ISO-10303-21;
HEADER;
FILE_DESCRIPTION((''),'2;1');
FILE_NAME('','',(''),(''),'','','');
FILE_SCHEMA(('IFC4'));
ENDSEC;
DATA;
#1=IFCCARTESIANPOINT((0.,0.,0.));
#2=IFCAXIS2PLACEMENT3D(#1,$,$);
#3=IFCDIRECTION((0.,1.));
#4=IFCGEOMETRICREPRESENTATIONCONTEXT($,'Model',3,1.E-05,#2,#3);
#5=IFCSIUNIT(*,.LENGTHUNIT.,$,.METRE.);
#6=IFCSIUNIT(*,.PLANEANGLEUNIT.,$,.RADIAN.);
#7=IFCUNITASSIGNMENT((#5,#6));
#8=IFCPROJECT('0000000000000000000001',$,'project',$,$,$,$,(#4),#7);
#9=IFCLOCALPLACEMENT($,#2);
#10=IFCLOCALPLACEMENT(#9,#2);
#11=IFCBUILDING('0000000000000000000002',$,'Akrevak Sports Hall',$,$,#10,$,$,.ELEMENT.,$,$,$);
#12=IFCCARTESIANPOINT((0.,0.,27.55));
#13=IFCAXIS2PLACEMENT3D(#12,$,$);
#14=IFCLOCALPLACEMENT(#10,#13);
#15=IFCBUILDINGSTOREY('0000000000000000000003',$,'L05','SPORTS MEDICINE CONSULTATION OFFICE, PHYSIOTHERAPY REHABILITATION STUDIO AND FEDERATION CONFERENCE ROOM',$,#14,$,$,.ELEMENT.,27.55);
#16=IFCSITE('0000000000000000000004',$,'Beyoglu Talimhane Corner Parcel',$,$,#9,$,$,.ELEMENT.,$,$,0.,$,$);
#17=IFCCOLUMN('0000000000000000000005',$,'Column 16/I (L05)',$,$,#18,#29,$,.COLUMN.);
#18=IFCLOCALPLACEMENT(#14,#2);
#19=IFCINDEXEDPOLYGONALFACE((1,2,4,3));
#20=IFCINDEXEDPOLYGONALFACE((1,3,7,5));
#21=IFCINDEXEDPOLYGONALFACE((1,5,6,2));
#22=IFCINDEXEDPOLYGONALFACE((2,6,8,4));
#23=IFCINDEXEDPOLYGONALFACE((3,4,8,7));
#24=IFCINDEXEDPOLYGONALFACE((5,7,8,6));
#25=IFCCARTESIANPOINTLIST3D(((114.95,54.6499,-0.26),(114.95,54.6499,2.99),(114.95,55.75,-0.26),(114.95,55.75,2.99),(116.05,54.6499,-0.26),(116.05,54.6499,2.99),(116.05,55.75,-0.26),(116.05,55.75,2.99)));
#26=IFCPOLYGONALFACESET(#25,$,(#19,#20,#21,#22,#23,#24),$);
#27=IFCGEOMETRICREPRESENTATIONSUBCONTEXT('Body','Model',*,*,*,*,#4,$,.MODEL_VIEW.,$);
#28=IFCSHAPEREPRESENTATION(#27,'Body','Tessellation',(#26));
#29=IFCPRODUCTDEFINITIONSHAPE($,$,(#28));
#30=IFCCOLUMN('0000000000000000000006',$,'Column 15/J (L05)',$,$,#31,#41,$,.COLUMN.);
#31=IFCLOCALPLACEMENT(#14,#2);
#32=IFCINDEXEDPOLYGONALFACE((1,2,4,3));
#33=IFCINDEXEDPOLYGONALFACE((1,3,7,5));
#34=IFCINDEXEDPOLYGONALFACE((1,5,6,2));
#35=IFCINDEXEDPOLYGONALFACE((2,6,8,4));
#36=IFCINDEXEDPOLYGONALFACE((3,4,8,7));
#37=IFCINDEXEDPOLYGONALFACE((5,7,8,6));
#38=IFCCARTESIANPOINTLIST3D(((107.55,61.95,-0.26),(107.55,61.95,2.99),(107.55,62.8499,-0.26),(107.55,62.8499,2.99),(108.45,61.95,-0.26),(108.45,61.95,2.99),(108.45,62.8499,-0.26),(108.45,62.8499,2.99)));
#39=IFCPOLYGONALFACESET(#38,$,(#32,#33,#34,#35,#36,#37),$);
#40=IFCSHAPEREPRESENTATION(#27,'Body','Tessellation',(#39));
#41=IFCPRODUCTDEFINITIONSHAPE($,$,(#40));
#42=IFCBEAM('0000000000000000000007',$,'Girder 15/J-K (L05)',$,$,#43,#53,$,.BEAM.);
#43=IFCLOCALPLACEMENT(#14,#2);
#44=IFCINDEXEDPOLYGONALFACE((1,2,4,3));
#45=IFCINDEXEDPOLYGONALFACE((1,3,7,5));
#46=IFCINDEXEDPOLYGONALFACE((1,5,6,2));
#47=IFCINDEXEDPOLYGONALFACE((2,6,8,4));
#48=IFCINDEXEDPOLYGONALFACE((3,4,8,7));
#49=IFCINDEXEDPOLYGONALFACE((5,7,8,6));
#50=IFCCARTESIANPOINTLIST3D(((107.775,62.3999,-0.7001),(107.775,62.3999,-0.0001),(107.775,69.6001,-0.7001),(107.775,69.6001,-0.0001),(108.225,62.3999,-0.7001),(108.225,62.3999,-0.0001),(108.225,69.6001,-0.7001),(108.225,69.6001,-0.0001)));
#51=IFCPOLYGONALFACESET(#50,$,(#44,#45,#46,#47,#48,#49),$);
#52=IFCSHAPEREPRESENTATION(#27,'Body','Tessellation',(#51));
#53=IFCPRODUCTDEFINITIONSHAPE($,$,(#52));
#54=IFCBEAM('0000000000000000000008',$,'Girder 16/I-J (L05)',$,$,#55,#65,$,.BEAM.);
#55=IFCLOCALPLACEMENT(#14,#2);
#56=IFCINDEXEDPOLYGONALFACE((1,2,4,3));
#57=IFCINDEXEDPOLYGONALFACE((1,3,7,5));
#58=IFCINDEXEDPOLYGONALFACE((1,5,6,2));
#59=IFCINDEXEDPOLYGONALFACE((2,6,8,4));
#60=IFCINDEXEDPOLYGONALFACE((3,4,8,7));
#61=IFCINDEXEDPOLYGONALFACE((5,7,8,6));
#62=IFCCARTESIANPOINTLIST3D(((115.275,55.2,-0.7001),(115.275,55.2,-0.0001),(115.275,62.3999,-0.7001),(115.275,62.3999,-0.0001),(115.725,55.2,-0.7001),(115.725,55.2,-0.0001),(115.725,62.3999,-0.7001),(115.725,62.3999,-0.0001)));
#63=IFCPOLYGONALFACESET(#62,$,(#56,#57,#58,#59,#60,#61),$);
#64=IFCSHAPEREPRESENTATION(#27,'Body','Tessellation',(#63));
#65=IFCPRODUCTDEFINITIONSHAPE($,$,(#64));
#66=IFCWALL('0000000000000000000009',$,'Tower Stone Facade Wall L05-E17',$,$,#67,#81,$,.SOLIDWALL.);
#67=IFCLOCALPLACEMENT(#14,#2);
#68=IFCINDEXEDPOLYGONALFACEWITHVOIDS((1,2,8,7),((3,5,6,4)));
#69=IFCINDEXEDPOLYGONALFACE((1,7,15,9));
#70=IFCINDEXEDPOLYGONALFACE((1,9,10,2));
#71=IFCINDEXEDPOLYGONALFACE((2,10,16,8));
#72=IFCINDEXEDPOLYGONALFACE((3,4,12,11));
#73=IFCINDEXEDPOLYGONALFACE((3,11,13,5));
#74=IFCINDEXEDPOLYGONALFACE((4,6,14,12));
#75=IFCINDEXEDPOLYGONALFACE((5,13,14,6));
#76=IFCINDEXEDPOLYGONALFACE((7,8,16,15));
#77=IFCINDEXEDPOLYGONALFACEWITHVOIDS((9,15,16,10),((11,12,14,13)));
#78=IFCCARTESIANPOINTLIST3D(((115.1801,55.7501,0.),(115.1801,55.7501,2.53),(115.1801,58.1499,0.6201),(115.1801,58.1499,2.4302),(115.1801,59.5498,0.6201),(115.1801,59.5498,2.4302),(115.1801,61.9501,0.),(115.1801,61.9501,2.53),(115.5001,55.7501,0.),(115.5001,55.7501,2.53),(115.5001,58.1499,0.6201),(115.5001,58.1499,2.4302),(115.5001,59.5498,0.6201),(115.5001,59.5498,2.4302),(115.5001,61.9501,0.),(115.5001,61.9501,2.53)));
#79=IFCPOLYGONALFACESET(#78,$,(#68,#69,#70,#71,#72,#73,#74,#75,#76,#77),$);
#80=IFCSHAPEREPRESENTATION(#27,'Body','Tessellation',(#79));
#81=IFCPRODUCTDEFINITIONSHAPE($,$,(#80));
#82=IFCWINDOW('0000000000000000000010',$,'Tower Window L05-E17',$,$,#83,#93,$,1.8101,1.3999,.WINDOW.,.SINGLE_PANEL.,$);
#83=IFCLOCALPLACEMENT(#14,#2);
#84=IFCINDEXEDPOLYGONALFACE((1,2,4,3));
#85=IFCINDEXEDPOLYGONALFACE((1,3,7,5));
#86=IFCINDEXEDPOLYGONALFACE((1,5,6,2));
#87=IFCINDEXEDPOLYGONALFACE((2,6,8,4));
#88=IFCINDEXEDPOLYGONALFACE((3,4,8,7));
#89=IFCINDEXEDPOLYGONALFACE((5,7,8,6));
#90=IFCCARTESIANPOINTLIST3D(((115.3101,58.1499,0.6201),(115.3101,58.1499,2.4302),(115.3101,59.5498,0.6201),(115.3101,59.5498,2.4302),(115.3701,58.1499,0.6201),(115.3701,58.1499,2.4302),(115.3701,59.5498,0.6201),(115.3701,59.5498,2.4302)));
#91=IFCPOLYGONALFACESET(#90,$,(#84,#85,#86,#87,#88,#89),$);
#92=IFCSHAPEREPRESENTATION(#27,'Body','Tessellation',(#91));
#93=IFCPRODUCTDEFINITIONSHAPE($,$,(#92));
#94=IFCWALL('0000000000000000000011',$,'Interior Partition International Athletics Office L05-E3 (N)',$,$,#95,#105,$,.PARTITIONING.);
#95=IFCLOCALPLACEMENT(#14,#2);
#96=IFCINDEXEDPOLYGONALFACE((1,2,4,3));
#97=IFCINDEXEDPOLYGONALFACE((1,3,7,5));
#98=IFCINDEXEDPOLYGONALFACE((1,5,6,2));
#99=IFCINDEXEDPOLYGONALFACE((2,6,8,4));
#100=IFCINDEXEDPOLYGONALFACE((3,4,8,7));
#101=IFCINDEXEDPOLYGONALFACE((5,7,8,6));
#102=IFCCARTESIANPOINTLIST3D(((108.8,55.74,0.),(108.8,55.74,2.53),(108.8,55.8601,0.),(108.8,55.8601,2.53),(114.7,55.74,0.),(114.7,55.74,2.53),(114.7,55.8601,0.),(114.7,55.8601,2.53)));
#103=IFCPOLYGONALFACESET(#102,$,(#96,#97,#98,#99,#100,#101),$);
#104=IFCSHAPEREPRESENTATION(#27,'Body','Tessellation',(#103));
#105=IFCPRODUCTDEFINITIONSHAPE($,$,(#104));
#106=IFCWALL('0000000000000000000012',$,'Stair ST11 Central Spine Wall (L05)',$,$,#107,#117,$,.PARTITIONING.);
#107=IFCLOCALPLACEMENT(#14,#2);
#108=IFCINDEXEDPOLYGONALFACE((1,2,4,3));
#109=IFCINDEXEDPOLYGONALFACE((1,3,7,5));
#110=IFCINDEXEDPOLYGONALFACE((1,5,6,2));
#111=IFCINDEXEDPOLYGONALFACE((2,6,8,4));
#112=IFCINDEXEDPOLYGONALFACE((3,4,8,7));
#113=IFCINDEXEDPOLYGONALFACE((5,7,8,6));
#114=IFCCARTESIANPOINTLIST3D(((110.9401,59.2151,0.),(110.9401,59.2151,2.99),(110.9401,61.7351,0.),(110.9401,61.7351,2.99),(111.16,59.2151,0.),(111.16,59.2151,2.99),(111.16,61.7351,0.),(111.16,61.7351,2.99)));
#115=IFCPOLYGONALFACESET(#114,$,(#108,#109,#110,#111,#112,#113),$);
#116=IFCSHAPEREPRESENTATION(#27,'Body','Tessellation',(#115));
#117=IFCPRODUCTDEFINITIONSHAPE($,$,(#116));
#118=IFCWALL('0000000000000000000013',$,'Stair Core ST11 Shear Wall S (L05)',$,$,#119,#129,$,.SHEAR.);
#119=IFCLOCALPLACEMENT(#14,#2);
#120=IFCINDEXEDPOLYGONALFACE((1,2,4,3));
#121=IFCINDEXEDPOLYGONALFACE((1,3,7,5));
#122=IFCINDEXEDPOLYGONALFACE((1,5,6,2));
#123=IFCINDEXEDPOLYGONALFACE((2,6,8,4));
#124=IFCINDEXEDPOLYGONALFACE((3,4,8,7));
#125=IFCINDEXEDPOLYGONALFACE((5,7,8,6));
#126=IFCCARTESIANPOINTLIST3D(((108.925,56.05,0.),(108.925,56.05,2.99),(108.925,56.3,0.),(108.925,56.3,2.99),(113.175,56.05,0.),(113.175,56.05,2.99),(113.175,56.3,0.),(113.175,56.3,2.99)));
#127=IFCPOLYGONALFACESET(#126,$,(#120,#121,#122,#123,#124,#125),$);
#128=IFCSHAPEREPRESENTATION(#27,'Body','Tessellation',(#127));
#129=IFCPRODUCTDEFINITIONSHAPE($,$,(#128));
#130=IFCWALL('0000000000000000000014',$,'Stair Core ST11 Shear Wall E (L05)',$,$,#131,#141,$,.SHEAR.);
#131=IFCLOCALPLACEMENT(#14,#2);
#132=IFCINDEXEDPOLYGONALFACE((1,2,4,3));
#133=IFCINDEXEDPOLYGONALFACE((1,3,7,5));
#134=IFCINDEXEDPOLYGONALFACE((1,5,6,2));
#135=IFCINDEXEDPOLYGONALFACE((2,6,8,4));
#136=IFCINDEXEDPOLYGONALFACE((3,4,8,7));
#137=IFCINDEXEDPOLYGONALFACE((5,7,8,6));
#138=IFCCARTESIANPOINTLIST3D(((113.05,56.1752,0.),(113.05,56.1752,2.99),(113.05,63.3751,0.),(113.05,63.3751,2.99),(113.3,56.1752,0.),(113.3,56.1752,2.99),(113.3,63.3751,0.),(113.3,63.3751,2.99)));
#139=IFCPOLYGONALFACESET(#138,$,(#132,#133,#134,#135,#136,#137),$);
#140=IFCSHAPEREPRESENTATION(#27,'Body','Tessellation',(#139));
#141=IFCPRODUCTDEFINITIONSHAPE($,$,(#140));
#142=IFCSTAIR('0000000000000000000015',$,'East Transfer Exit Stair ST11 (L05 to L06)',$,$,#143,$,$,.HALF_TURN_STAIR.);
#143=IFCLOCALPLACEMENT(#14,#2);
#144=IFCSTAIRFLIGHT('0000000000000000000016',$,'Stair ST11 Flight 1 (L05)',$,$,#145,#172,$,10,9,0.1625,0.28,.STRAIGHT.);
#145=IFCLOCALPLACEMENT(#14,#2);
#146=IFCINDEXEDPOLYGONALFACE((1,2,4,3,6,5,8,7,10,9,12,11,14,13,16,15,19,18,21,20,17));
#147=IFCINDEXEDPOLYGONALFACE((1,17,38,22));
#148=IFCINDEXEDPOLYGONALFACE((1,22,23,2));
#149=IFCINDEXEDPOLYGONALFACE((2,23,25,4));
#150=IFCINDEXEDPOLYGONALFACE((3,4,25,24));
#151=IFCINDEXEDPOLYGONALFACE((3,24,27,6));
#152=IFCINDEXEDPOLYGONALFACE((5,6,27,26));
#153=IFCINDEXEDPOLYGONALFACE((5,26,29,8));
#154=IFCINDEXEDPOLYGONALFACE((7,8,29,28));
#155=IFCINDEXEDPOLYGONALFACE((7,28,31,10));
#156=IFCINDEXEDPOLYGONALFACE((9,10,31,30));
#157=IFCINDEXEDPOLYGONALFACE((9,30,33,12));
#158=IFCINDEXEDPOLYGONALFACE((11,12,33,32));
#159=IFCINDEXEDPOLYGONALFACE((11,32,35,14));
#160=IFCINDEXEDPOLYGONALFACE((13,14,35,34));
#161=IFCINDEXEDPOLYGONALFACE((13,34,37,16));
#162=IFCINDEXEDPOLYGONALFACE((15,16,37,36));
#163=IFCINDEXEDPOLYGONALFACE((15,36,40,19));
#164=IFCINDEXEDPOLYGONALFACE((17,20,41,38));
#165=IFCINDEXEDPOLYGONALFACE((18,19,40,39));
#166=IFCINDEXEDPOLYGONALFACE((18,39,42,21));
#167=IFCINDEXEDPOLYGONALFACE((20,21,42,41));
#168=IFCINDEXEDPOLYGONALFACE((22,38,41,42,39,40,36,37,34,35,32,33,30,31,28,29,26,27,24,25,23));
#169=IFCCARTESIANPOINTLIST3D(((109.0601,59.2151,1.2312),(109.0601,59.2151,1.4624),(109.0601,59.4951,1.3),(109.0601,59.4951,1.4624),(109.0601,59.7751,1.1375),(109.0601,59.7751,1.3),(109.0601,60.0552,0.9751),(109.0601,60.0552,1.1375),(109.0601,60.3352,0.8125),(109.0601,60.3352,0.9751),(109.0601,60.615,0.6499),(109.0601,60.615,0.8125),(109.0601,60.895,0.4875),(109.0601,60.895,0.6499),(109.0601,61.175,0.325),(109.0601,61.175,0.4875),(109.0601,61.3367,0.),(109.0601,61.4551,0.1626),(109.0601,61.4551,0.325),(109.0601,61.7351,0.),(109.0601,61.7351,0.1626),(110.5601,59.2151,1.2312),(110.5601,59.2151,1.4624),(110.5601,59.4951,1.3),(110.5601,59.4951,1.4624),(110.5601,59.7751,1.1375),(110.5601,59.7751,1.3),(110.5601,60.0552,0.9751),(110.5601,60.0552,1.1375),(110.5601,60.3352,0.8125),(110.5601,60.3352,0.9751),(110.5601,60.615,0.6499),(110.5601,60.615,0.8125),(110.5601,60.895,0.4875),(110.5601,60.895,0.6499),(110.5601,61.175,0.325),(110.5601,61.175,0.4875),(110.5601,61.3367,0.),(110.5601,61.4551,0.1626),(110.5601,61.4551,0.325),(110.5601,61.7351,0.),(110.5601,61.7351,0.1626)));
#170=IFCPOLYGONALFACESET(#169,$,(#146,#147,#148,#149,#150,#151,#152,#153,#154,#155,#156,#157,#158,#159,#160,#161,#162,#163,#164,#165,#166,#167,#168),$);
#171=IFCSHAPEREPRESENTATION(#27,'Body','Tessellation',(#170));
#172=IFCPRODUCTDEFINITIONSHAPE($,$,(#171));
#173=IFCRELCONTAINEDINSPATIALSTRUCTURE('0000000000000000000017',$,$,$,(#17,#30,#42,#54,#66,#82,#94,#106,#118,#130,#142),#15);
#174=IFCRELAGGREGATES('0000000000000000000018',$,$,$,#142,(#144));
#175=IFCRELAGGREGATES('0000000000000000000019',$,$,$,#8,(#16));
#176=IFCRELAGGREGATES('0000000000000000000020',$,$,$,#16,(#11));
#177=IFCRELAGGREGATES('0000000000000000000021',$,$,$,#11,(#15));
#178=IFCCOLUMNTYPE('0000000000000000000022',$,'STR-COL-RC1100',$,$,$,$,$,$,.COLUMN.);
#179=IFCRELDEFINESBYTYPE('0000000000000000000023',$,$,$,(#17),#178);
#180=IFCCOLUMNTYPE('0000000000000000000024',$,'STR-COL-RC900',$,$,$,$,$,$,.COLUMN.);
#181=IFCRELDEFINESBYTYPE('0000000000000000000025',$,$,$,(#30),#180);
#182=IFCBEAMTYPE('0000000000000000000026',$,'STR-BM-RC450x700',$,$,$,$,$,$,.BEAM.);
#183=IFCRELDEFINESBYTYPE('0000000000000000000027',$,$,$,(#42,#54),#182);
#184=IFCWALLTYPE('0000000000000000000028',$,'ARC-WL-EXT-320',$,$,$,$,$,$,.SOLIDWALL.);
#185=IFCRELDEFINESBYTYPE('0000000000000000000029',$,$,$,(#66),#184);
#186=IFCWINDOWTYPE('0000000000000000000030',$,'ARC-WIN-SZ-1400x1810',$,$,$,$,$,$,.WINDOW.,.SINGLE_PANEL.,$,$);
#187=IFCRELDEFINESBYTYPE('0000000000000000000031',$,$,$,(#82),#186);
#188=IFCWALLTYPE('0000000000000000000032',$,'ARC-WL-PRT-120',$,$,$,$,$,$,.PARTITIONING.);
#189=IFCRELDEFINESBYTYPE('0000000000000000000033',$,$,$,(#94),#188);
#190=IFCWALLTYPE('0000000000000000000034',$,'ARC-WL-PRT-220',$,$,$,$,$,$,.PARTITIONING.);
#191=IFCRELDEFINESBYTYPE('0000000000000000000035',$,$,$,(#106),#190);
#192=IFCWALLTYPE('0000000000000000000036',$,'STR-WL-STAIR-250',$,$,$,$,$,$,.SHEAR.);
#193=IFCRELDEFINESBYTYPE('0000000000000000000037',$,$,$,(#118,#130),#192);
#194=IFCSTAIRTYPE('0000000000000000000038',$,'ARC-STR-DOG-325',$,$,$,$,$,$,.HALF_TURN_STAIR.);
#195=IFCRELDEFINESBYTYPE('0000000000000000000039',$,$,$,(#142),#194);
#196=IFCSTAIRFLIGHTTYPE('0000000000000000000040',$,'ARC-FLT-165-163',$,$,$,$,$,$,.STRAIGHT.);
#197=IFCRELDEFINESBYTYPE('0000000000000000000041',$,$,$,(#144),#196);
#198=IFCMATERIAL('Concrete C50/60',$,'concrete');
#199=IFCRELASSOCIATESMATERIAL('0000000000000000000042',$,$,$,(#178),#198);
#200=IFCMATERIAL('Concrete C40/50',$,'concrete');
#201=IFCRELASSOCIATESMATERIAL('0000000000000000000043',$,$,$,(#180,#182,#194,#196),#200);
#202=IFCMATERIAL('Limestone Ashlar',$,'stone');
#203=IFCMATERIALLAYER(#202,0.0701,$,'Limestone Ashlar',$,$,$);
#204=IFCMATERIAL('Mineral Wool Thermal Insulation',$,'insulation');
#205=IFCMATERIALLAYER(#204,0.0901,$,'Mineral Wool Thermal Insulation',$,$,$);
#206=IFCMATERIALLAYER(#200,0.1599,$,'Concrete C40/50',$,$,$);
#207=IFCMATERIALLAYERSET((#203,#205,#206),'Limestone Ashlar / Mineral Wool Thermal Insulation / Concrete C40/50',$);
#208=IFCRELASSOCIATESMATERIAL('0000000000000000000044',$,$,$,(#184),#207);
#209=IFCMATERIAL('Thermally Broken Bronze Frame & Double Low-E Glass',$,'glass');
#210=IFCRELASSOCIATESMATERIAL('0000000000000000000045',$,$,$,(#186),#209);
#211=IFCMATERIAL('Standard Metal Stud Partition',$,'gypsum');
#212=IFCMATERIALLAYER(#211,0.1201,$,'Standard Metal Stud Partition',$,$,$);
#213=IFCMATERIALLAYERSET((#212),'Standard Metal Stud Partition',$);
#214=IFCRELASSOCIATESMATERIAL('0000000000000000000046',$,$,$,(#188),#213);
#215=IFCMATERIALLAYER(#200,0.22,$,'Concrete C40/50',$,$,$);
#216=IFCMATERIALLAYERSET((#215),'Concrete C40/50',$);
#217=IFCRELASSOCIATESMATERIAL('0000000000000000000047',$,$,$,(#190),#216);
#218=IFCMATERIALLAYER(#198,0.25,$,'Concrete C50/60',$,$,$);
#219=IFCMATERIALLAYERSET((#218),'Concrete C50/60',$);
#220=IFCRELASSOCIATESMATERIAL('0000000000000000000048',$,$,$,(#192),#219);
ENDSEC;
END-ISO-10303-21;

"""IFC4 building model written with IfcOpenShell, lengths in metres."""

from ifc_helpers import new_model, si_unit, direction, frame, frame_2d, origin, origin_2d, place, context, subcontext, project, spatial, polyline, rectangle, outline, extrude, material, layer, layer_set, material_profile, profile_set, type_object, element, fill, aggregate, save


model = new_model("IFC4")

# Units and contexts
model_context = context("Model", 3, precision=1e-05, world=origin(), true_north=direction((0.0, 1.0)))
body_context = subcontext(model_context, "Body", "Model", "MODEL_VIEW")
ifc_project = project(units=[si_unit("LENGTHUNIT", "METRE"), si_unit("PLANEANGLEUNIT", "RADIAN")], contexts=[model_context])

# Site, building, storey
site_placement = place(None, origin())
site = spatial("IfcSite", under=ifc_project, at=site_placement, Name="Beyoglu Talimhane Corner Parcel", CompositionType="ELEMENT", RefElevation=0.0)
building_placement = place(site_placement, origin())
building = spatial("IfcBuilding", under=site, at=building_placement, Name="Akrevak Sports Hall", CompositionType="ELEMENT")
storey_placement = place(building_placement, frame((0.0, 0.0, 27.55)))
storey = spatial("IfcBuildingStorey", under=building, at=storey_placement, Name="L05", Description="SPORTS MEDICINE CONSULTATION OFFICE, PHYSIOTHERAPY REHABILITATION STUDIO AND FEDERATION CONFERENCE ROOM", CompositionType="ELEMENT", Elevation=27.55)

# Columns
ifc_material_1 = material(Name="Concrete C50/60", Category="concrete")
ifc_material_profile_1 = material_profile(ifc_material_1, rectangle(XDim=1.1001, YDim=1.1001, at=origin_2d()), Name="RC 1100x1100", Category="concrete")
ifc_profile_set_1 = profile_set([ifc_material_profile_1], Name="Concrete C50/60")
column_type_1 = type_object("IfcColumnType", Name="STR-COL-RC1100", PredefinedType="COLUMN", material=ifc_profile_set_1)
column_1_placement = place(storey_placement, frame((115.5, 55.2, -0.26), z_axis=(0.0, 0.0, 1.0), x_axis=(1.0, 0.0, 0.0)))
element("IfcColumn", 1, at=column_1_placement, inside=storey, type_object=column_type_1, Name="Column 16/I (L05)", PredefinedType="COLUMN", context=body_context, shape_type="SweptSolid", body=[
    extrude(rectangle(XDim=1.1001, YDim=1.1001, at=origin_2d()), origin(), (0.0, 0.0, 1.0), 3.25),
])
ifc_material_2 = material(Name="Concrete C40/50", Category="concrete")
ifc_material_profile_2 = material_profile(ifc_material_2, rectangle(XDim=0.8999, YDim=0.8999, at=origin_2d()), Name="RC 900x900", Category="concrete")
ifc_profile_set_2 = profile_set([ifc_material_profile_2], Name="Concrete C40/50")
column_type_2 = type_object("IfcColumnType", Name="STR-COL-RC900", PredefinedType="COLUMN", material=ifc_profile_set_2)
column_2_placement = place(storey_placement, frame((108.0, 62.3999, -0.26), z_axis=(0.0, 0.0, 1.0), x_axis=(1.0, 0.0, 0.0)))
element("IfcColumn", 2, at=column_2_placement, inside=storey, type_object=column_type_2, Name="Column 15/J (L05)", PredefinedType="COLUMN", context=body_context, shape_type="SweptSolid", body=[
    extrude(rectangle(XDim=0.8999, YDim=0.8999, at=origin_2d()), origin(), (0.0, 0.0, 1.0), 3.25),
])

# Beams
ifc_material_profile_3 = material_profile(ifc_material_2, rectangle(XDim=0.45, YDim=0.7, at=origin_2d()), Name="BM 450x700", Category="concrete")
ifc_profile_set_3 = profile_set([ifc_material_profile_3], Name="Concrete C40/50")
beam_type = type_object("IfcBeamType", Name="STR-BM-RC450x700", PredefinedType="BEAM", material=ifc_profile_set_3)
beam_1_placement = place(storey_placement, frame((108.0, 62.3999, -0.3501), z_axis=(0.0, 1.0, 0.0), x_axis=(-1.0, 0.0, 0.0)))
element("IfcBeam", 3, at=beam_1_placement, inside=storey, type_object=beam_type, Name="Girder 15/J-K (L05)", PredefinedType="BEAM", context=body_context, shape_type="SweptSolid", body=[
    extrude(rectangle(XDim=0.45, YDim=0.7, at=origin_2d()), origin(), (0.0, 0.0, 1.0), 7.2002),
])
beam_2_placement = place(storey_placement, frame((115.5, 55.2, -0.3501), z_axis=(0.0, 1.0, 0.0), x_axis=(-1.0, 0.0, 0.0)))
element("IfcBeam", 4, at=beam_2_placement, inside=storey, type_object=beam_type, Name="Girder 16/I-J (L05)", PredefinedType="BEAM", context=body_context, shape_type="SweptSolid", body=[
    extrude(rectangle(XDim=0.45, YDim=0.7, at=origin_2d()), origin(), (0.0, 0.0, 1.0), 7.2),
])

# Wall, opening, window
ifc_material_3 = material(Name="Limestone Ashlar", Category="stone")
ifc_layer_1 = layer(ifc_material_3, 0.0701, Name="Limestone Ashlar")
ifc_material_4 = material(Name="Mineral Wool Thermal Insulation", Category="insulation")
ifc_layer_2 = layer(ifc_material_4, 0.0901, Name="Mineral Wool Thermal Insulation")
ifc_layer_3 = layer(ifc_material_2, 0.1599, Name="Concrete C40/50")
ifc_layer_set_1 = layer_set([ifc_layer_1, ifc_layer_2, ifc_layer_3], Name="Limestone Ashlar / Mineral Wool Thermal Insulation / Concrete C40/50")
wall_type_1 = type_object("IfcWallType", Name="ARC-WL-EXT-320", PredefinedType="SOLIDWALL", material=ifc_layer_set_1)
wall_1_placement = place(storey_placement, frame((115.3401, 55.75, 0.0), z_axis=(0.0, 0.0, 1.0), x_axis=(0.0, 1.0, 0.0)))
wall_1 = element("IfcWall", 5, at=wall_1_placement, inside=storey, type_object=wall_type_1, Name="Tower Stone Facade Wall L05-E17", PredefinedType="SOLIDWALL", context=body_context, shape_type="SweptSolid", body=[
    extrude(rectangle(XDim=6.2, YDim=0.3201, at=frame_2d((3.1001, 0.0))), origin(), (0.0, 0.0, 1.0), 2.53),
])
opening_placement = place(wall_1_placement, frame((2.3999, 0.0, 0.6201)))
opening = element("IfcOpeningElement", 6, at=opening_placement, cuts=wall_1, PredefinedType="OPENING", context=body_context, shape_type="SweptSolid", body=[
    extrude(rectangle(XDim=1.3999, YDim=1.8101, at=frame_2d((0.7, 0.905))), frame((0.0, 0.1719, 0.0), z_axis=(0.0, -1.0, 0.0), x_axis=(1.0, 0.0, 0.0)), (0.0, 0.0, 1.0), 0.344),
])
ifc_material_5 = material(Name="Thermally Broken Bronze Frame & Double Low-E Glass", Category="glass")
window_type = type_object("IfcWindowType", Name="ARC-WIN-SZ-1400x1810", PartitioningType="SINGLE_PANEL", PredefinedType="WINDOW", material=ifc_material_5)
window_placement = place(opening_placement, origin())
window = element("IfcWindow", 7, at=window_placement, inside=storey, type_object=window_type, Name="Tower Window L05-E17", OverallHeight=1.8101, OverallWidth=1.3999, PartitioningType="SINGLE_PANEL", PredefinedType="WINDOW", context=body_context, shape_type="SweptSolid", body=[
    extrude(rectangle(XDim=1.3999, YDim=1.8101, at=frame_2d((0.7, 0.905))), frame((0.0, 0.03, 0.0), z_axis=(0.0, -1.0, 0.0), x_axis=(1.0, 0.0, 0.0)), (0.0, 0.0, 1.0), 0.0601),
])
fill(opening, window)

# Walls
ifc_material_6 = material(Name="Standard Metal Stud Partition", Category="gypsum")
ifc_layer_4 = layer(ifc_material_6, 0.1201, Name="Standard Metal Stud Partition")
ifc_layer_set_2 = layer_set([ifc_layer_4], Name="Standard Metal Stud Partition")
wall_type_2 = type_object("IfcWallType", Name="ARC-WL-PRT-120", PredefinedType="PARTITIONING", material=ifc_layer_set_2)
wall_2_placement = place(storey_placement, frame((108.8, 55.8, 0.0), z_axis=(0.0, 0.0, 1.0), x_axis=(1.0, 0.0, 0.0)))
element("IfcWall", 8, at=wall_2_placement, inside=storey, type_object=wall_type_2, Name="Interior Partition International Athletics Office L05-E3 (N)", PredefinedType="PARTITIONING", context=body_context, shape_type="SweptSolid", body=[
    extrude(rectangle(XDim=5.8999, YDim=0.1201, at=frame_2d((2.95, 0.0))), origin(), (0.0, 0.0, 1.0), 2.53),
])
ifc_layer_5 = layer(ifc_material_2, 0.22, Name="Concrete C40/50")
ifc_layer_set_3 = layer_set([ifc_layer_5], Name="Concrete C40/50")
wall_type_3 = type_object("IfcWallType", Name="ARC-WL-PRT-220", PredefinedType="PARTITIONING", material=ifc_layer_set_3)
wall_3_placement = place(storey_placement, frame((111.05, 59.2151, 0.0), z_axis=(0.0, 0.0, 1.0), x_axis=(0.0, 1.0, 0.0)))
element("IfcWall", 9, at=wall_3_placement, inside=storey, type_object=wall_type_3, Name="Stair ST11 Central Spine Wall (L05)", PredefinedType="PARTITIONING", context=body_context, shape_type="SweptSolid", body=[
    extrude(rectangle(XDim=2.52, YDim=0.22, at=frame_2d((1.26, 0.0))), origin(), (0.0, 0.0, 1.0), 2.99),
])
ifc_layer_6 = layer(ifc_material_1, 0.25, Name="Concrete C50/60")
ifc_layer_set_4 = layer_set([ifc_layer_6], Name="Concrete C50/60")
wall_type_4 = type_object("IfcWallType", Name="STR-WL-STAIR-250", PredefinedType="SHEAR", material=ifc_layer_set_4)
wall_4_placement = place(storey_placement, frame((108.925, 56.175, 0.0), z_axis=(0.0, 0.0, 1.0), x_axis=(1.0, 0.0, 0.0)))
element("IfcWall", 10, at=wall_4_placement, inside=storey, type_object=wall_type_4, Name="Stair Core ST11 Shear Wall S (L05)", PredefinedType="SHEAR", context=body_context, shape_type="SweptSolid", body=[
    extrude(rectangle(XDim=4.25, YDim=0.25, at=frame_2d((2.125, 0.0))), origin(), (0.0, 0.0, 1.0), 2.99),
])
wall_5_placement = place(storey_placement, frame((113.175, 56.175, 0.0), z_axis=(0.0, 0.0, 1.0), x_axis=(0.0, 1.0, 0.0)))
element("IfcWall", 11, at=wall_5_placement, inside=storey, type_object=wall_type_4, Name="Stair Core ST11 Shear Wall E (L05)", PredefinedType="SHEAR", context=body_context, shape_type="SweptSolid", body=[
    extrude(rectangle(XDim=7.2, YDim=0.25, at=frame_2d((3.6001, 0.0))), origin(), (0.0, 0.0, 1.0), 2.99),
])

# Stair, stair flight
stair_type = type_object("IfcStairType", Name="ARC-STR-DOG-325", PredefinedType="HALF_TURN_STAIR", material=ifc_material_2)
stair_placement = place(storey_placement, origin())
stair = element("IfcStair", 12, at=stair_placement, inside=storey, type_object=stair_type, Name="East Transfer Exit Stair ST11 (L05 to L06)", PredefinedType="HALF_TURN_STAIR")
stair_flight_type = type_object("IfcStairFlightType", Name="ARC-FLT-165-163", PredefinedType="STRAIGHT", material=ifc_material_2)
stair_flight_1_placement = place(storey_placement, frame((109.8101, 61.7351, 0.0), z_axis=(0.0, 0.0, 1.0), x_axis=(0.0, -1.0, 0.0)))
stair_flight_1 = element("IfcStairFlight", 13, at=stair_flight_1_placement, type_object=stair_flight_type, Name="Stair ST11 Flight 1 (L05)", NumberOfRisers=10, NumberOfTreads=9, PredefinedType="STRAIGHT", RiserHeight=0.1625, TreadLength=0.28, context=body_context, shape_type="SweptSolid", body=[
    extrude(outline(polyline([(0.0, 0.0), (0.0, 0.1626), (0.28, 0.1626), (0.28, 0.325), (0.5601, 0.325), (0.5601, 0.4875), (0.8401, 0.4875), (0.8401, 0.6499), (1.1201, 0.6499), (1.1201, 0.8125), (1.3999, 0.8125), (1.3999, 0.9751), (1.6799, 0.9751), (1.6799, 1.1375), (1.96, 1.1375), (1.96, 1.3), (2.24, 1.3), (2.24, 1.4624), (2.52, 1.4624), (2.52, 1.625), (2.52, 1.2312), (0.3984, 0.0), (0.0, 0.0)])), frame((0.0, 0.75, 0.0), z_axis=(0.0, -1.0, 0.0), x_axis=(1.0, 0.0, 0.0)), (0.0, 0.0, 1.0), 1.5),
])
aggregate(stair, [stair_flight_1])

save(model, "model.ifc")
